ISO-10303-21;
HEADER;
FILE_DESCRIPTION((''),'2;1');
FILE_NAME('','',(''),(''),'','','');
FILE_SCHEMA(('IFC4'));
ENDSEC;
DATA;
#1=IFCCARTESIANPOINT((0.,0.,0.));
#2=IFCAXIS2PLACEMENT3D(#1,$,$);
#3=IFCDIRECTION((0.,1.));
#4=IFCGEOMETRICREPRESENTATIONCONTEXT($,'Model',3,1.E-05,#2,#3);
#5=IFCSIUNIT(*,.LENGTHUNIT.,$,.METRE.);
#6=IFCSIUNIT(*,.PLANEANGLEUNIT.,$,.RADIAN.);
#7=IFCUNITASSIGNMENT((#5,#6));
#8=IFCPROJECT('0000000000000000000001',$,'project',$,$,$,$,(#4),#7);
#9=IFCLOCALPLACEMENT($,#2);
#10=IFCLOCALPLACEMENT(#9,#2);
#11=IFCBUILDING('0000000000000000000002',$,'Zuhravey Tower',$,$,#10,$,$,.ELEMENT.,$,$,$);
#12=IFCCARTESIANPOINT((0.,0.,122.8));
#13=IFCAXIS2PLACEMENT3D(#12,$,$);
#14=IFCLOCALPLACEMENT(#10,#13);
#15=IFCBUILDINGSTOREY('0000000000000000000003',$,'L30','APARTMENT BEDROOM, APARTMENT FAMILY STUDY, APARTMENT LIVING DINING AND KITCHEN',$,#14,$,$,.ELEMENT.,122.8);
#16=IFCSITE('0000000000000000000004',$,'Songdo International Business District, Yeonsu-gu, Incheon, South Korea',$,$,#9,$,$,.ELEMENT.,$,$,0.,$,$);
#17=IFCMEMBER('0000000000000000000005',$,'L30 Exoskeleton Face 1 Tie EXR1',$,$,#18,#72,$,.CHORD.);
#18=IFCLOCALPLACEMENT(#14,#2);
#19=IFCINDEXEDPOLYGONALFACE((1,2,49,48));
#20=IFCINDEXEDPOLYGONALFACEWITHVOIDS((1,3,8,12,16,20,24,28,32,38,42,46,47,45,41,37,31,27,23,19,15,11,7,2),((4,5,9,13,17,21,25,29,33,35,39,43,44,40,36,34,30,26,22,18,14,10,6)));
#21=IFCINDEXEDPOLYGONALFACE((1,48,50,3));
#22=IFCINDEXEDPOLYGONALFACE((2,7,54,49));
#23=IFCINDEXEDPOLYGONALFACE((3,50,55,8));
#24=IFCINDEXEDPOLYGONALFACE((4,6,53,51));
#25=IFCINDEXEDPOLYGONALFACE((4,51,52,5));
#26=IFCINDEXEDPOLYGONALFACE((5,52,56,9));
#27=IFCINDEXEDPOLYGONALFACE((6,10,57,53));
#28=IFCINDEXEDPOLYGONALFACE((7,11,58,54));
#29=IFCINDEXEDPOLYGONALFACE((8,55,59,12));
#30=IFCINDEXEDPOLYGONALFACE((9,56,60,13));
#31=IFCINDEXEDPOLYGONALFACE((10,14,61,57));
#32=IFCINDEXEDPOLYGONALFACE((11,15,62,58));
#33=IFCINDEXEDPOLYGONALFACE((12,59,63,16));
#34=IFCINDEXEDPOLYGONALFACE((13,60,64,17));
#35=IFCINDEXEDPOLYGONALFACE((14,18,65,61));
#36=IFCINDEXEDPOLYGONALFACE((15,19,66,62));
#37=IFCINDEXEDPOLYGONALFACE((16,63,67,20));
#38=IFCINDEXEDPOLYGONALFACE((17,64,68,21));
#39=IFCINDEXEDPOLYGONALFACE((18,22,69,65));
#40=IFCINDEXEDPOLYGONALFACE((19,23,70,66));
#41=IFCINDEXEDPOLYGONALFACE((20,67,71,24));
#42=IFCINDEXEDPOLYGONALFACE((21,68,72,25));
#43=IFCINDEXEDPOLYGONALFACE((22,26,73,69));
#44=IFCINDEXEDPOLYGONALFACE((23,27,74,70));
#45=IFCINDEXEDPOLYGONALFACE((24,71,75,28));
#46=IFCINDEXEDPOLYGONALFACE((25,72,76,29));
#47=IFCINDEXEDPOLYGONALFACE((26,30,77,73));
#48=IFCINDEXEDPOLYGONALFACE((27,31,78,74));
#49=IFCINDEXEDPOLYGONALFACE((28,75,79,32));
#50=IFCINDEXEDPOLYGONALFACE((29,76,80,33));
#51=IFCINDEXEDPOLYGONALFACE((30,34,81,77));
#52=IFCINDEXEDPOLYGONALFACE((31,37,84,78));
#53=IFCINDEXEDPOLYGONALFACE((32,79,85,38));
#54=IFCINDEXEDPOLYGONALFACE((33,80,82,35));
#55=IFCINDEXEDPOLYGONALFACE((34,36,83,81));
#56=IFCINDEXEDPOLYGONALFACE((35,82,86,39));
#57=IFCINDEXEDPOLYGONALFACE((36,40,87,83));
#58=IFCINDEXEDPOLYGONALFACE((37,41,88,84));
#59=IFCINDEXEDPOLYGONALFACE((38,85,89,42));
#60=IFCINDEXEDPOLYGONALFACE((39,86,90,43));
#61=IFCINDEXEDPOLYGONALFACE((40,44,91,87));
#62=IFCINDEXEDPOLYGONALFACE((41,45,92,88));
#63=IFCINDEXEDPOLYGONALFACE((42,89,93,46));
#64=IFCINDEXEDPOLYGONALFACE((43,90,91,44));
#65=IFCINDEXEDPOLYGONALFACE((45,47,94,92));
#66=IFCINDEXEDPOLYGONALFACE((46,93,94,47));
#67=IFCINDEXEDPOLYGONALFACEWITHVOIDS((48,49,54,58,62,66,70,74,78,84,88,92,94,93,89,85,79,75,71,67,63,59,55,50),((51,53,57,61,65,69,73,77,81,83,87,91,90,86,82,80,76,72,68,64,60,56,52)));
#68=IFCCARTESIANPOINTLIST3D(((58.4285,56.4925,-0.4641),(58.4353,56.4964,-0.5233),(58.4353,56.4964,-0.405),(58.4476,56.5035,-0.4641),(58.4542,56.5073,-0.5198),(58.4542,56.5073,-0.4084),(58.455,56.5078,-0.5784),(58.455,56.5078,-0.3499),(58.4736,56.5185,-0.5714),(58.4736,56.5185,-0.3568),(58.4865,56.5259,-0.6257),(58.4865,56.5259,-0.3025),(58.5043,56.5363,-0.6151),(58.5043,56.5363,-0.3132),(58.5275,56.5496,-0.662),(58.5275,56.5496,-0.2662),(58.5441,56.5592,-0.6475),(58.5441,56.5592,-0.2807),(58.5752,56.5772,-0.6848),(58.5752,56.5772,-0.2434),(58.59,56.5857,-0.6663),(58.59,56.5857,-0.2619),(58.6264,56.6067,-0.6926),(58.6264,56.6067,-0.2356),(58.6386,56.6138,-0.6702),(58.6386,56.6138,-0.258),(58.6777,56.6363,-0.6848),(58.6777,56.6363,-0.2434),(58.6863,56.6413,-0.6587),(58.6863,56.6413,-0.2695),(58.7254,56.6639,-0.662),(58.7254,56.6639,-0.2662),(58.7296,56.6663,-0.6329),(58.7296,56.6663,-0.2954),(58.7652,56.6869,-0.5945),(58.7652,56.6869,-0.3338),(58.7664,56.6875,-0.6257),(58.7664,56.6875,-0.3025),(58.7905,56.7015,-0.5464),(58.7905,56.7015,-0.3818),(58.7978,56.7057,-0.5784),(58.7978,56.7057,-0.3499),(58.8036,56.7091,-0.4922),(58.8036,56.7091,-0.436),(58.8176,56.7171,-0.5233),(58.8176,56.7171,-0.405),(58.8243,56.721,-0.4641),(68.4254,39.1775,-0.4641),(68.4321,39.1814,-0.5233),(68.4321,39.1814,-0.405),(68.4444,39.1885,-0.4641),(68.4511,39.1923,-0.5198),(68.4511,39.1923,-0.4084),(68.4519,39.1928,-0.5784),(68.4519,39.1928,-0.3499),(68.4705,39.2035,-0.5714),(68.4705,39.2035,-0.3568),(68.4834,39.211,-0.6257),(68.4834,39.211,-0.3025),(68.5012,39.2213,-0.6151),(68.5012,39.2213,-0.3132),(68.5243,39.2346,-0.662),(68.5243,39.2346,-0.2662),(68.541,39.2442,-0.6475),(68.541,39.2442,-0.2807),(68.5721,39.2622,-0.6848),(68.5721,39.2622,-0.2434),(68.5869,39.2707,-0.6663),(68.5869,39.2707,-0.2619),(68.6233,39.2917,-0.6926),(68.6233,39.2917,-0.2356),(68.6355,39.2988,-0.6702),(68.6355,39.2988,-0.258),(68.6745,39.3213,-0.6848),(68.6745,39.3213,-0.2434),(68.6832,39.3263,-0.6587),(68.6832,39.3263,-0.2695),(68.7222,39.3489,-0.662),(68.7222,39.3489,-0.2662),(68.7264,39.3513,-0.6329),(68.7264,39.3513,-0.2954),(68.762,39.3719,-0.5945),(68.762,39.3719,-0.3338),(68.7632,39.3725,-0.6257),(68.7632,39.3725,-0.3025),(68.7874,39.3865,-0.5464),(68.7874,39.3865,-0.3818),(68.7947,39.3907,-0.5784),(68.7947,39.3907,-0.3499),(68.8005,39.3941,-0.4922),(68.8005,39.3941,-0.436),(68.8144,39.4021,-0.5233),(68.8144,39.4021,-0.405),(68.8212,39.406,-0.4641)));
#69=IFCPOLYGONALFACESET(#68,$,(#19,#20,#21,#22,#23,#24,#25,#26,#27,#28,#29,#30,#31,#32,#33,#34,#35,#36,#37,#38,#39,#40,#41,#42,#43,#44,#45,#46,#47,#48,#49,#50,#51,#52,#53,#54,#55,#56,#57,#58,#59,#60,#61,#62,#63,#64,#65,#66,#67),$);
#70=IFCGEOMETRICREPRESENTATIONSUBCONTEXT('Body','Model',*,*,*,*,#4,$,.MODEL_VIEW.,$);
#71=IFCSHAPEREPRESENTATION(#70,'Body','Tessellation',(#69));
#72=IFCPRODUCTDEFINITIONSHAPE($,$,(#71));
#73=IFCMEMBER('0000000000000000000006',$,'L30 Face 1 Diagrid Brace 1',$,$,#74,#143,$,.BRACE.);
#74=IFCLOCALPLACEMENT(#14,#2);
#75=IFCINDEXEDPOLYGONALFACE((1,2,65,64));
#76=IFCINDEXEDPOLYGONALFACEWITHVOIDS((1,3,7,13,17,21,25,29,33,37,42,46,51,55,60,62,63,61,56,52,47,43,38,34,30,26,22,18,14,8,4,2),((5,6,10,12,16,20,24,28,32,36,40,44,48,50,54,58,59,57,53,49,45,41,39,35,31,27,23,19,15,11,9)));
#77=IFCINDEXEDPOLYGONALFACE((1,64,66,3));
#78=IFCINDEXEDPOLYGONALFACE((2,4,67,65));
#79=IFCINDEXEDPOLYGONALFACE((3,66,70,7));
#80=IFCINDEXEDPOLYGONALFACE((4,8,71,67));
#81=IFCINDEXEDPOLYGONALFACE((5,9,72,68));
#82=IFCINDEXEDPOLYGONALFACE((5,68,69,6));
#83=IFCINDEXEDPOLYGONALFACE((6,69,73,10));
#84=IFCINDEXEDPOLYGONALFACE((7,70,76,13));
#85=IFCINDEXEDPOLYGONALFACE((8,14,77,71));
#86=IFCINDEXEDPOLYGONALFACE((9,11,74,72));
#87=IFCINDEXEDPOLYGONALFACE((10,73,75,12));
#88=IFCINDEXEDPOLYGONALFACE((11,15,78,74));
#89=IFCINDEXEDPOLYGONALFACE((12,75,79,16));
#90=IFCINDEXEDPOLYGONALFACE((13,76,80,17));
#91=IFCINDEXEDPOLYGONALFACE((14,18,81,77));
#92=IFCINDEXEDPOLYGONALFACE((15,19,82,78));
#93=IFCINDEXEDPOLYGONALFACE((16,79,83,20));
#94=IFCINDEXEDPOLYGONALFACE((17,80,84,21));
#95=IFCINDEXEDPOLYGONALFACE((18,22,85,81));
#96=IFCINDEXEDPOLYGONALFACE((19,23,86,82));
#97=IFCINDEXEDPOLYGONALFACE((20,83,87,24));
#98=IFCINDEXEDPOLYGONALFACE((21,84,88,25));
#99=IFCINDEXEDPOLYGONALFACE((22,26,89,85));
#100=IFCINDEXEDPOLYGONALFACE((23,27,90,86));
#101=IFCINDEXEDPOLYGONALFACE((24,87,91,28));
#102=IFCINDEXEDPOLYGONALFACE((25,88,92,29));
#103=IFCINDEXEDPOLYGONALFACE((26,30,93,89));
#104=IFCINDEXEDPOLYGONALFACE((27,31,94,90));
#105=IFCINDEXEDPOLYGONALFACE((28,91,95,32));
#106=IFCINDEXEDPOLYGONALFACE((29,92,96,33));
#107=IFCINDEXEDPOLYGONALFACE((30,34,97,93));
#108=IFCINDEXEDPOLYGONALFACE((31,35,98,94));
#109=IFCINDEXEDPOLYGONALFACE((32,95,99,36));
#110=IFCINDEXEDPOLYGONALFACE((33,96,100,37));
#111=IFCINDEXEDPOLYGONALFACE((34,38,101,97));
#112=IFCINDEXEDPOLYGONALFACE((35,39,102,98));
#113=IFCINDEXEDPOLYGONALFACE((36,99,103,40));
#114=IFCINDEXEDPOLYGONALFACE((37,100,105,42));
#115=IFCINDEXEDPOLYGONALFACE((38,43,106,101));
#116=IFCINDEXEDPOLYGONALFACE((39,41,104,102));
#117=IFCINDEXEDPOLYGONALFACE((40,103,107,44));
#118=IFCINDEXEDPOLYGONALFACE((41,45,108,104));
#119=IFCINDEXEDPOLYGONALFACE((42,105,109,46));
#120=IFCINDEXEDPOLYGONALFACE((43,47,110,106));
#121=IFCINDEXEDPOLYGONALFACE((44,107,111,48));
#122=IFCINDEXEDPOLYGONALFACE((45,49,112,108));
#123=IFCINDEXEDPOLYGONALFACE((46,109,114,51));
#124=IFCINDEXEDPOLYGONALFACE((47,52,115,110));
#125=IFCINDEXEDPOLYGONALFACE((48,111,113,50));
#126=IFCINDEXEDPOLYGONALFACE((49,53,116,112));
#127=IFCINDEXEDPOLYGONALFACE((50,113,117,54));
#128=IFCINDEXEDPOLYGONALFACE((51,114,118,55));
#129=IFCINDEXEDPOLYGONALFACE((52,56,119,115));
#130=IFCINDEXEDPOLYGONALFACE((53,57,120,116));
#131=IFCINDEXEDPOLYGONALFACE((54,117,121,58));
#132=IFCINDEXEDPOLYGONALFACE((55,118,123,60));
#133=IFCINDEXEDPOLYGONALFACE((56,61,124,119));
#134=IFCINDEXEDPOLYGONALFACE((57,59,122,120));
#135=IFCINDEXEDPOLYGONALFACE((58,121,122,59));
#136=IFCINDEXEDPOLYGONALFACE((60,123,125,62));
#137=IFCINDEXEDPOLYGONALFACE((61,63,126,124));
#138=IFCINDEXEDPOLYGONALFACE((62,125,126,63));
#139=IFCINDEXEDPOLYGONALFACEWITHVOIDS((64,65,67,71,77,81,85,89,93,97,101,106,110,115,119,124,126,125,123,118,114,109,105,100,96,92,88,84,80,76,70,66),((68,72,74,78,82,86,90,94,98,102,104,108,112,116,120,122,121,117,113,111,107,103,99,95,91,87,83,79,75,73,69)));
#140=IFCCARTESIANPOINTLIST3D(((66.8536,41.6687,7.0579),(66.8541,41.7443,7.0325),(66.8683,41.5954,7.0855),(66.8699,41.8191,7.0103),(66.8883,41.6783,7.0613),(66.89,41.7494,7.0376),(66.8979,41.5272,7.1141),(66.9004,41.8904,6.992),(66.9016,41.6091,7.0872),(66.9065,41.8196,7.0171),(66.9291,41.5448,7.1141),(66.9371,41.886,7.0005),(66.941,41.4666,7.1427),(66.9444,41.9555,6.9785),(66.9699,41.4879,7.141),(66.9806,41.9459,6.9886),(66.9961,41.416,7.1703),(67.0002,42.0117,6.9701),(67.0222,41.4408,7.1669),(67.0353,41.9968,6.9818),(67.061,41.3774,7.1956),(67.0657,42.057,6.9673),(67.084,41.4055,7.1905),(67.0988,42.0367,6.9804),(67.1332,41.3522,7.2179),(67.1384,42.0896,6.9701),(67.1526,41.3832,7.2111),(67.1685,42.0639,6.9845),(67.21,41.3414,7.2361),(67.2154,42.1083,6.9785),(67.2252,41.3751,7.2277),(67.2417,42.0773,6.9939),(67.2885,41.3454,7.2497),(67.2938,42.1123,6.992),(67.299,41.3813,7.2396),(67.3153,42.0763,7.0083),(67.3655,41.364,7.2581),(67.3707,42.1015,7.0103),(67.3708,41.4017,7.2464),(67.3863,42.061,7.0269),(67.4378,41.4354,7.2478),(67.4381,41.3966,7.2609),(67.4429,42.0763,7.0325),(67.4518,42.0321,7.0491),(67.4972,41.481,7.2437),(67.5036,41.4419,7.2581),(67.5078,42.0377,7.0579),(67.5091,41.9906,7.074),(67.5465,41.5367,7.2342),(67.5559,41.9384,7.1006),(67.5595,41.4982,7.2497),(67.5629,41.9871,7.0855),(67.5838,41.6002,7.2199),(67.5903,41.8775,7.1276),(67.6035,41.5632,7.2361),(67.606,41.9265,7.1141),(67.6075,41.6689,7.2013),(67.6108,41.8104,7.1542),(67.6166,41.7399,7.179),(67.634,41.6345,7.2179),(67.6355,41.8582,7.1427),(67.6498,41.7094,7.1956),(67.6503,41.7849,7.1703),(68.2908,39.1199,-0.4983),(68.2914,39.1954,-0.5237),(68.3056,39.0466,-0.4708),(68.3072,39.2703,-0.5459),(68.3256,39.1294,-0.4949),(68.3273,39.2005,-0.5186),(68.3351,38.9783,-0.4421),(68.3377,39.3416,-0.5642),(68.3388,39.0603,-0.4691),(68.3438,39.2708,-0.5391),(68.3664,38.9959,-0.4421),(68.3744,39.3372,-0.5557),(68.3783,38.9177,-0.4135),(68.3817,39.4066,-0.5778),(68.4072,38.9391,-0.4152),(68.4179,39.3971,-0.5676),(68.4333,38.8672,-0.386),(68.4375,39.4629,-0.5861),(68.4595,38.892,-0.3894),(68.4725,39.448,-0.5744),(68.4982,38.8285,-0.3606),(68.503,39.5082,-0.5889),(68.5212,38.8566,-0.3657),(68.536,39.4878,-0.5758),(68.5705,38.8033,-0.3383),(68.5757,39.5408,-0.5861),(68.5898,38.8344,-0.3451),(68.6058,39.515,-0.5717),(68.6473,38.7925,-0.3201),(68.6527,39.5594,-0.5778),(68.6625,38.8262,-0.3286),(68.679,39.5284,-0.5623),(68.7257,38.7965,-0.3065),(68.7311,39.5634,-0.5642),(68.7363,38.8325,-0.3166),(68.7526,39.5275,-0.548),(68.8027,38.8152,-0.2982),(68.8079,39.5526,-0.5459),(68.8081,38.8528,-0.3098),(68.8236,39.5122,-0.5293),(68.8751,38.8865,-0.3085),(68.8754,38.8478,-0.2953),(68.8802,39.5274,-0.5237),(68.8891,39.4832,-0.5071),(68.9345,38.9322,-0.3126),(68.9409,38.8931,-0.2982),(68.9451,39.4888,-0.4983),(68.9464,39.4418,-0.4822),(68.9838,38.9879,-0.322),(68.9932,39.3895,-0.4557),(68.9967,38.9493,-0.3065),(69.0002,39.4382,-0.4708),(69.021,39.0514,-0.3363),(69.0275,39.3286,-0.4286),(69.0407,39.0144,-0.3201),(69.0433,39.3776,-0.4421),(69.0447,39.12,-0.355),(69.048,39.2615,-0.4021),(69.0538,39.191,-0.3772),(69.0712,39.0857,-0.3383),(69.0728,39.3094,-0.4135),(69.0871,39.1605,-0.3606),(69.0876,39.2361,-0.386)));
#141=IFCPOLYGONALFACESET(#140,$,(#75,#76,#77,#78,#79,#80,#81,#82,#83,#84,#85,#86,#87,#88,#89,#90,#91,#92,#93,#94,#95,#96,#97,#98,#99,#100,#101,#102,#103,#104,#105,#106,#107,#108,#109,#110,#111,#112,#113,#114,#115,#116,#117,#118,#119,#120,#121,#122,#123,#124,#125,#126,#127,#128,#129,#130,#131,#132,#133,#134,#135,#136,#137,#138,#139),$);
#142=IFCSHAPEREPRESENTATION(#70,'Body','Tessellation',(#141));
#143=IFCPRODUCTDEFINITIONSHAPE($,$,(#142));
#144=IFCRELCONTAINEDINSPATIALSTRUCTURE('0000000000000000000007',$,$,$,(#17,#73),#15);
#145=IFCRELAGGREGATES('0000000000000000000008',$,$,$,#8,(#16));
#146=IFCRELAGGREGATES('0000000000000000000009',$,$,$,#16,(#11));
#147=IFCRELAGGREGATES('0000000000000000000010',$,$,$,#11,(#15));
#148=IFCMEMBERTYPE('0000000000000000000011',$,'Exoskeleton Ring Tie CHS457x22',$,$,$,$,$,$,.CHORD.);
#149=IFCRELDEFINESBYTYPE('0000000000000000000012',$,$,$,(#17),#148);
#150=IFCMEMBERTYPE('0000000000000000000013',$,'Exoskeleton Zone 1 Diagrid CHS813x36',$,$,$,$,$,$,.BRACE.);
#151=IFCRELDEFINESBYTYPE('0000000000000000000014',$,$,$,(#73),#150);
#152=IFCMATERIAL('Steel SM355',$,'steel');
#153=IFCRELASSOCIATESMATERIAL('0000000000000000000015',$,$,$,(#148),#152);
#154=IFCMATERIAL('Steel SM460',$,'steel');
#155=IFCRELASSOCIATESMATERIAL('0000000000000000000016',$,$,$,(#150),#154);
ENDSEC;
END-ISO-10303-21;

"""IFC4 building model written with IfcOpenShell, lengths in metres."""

from ifc_helpers import new_model, si_unit, direction, frame, origin, origin_2d, place, context, subcontext, project, spatial, hollow_circle, extrude, material, material_profile, profile_set, type_object, element, save


model = new_model("IFC4")

# Units and contexts
model_context = context("Model", 3, precision=1e-05, world=origin(), true_north=direction((0.0, 1.0)))
body_context = subcontext(model_context, "Body", "Model", "MODEL_VIEW")
ifc_project = project(units=[si_unit("LENGTHUNIT", "METRE"), si_unit("PLANEANGLEUNIT", "RADIAN")], contexts=[model_context])

# Site, building, storey
site_placement = place(None, origin())
site = spatial("IfcSite", under=ifc_project, at=site_placement, Name="Songdo International Business District, Yeonsu-gu, Incheon, South Korea", CompositionType="ELEMENT", RefElevation=0.0)
building_placement = place(site_placement, origin())
building = spatial("IfcBuilding", under=site, at=building_placement, Name="Zuhravey Tower", CompositionType="ELEMENT")
storey_placement = place(building_placement, frame((0.0, 0.0, 122.8)))
storey = spatial("IfcBuildingStorey", under=building, at=storey_placement, Name="L30", Description="APARTMENT BEDROOM, APARTMENT FAMILY STUDY, APARTMENT LIVING DINING AND KITCHEN", CompositionType="ELEMENT", Elevation=122.8)

# Members
ifc_material_1 = material(Name="Steel SM355", Category="steel")
ifc_material_profile_1 = material_profile(ifc_material_1, hollow_circle(Radius=0.2285, WallThickness=0.022, at=origin_2d()), Name="CHS-457.2x22")
ifc_profile_set_1 = profile_set([ifc_material_profile_1], Name="Steel SM355")
member_type_1 = type_object("IfcMemberType", Name="Exoskeleton Ring Tie CHS457x22", PredefinedType="CHORD", material=ifc_profile_set_1)
member_1_placement = place(storey_placement, frame((68.6233, 39.2917, -0.4641), z_axis=(-0.500002, 0.866025, 0.0), x_axis=(-0.866025, -0.500002, 0.0)))
element("IfcMember", 1, at=member_1_placement, inside=storey, type_object=member_type_1, Name="L30 Exoskeleton Face 1 Tie EXR1", PredefinedType="CHORD", context=body_context, shape_type="SweptSolid", body=[
    extrude(hollow_circle(Radius=0.2285, WallThickness=0.022, at=origin_2d()), origin(), (0.0, 0.0, 1.0), 19.9937),
])
ifc_material_2 = material(Name="Steel SM460", Category="steel")
ifc_material_profile_2 = material_profile(ifc_material_2, hollow_circle(Radius=0.4065, WallThickness=0.0359, at=origin_2d()), Name="CHS-812.8x36")
ifc_profile_set_2 = profile_set([ifc_material_profile_2], Name="Steel SM460")
member_type_2 = type_object("IfcMemberType", Name="Exoskeleton Zone 1 Diagrid CHS813x36", PredefinedType="BRACE", material=ifc_profile_set_2)
member_2_placement = place(storey_placement, frame((68.6892, 39.178, -0.4421), z_axis=(-0.177375, 0.314556, 0.93252), x_axis=(-0.871058, -0.49118, 0.0)))
element("IfcMember", 2, at=member_2_placement, inside=storey, type_object=member_type_2, Name="L30 Face 1 Diagrid Brace 1", PredefinedType="BRACE", context=body_context, shape_type="SweptSolid", body=[
    extrude(hollow_circle(Radius=0.4065, WallThickness=0.0359, at=origin_2d()), origin(), (0.0, 0.0, 1.0), 8.103),
])

save(model, "model.ifc")
